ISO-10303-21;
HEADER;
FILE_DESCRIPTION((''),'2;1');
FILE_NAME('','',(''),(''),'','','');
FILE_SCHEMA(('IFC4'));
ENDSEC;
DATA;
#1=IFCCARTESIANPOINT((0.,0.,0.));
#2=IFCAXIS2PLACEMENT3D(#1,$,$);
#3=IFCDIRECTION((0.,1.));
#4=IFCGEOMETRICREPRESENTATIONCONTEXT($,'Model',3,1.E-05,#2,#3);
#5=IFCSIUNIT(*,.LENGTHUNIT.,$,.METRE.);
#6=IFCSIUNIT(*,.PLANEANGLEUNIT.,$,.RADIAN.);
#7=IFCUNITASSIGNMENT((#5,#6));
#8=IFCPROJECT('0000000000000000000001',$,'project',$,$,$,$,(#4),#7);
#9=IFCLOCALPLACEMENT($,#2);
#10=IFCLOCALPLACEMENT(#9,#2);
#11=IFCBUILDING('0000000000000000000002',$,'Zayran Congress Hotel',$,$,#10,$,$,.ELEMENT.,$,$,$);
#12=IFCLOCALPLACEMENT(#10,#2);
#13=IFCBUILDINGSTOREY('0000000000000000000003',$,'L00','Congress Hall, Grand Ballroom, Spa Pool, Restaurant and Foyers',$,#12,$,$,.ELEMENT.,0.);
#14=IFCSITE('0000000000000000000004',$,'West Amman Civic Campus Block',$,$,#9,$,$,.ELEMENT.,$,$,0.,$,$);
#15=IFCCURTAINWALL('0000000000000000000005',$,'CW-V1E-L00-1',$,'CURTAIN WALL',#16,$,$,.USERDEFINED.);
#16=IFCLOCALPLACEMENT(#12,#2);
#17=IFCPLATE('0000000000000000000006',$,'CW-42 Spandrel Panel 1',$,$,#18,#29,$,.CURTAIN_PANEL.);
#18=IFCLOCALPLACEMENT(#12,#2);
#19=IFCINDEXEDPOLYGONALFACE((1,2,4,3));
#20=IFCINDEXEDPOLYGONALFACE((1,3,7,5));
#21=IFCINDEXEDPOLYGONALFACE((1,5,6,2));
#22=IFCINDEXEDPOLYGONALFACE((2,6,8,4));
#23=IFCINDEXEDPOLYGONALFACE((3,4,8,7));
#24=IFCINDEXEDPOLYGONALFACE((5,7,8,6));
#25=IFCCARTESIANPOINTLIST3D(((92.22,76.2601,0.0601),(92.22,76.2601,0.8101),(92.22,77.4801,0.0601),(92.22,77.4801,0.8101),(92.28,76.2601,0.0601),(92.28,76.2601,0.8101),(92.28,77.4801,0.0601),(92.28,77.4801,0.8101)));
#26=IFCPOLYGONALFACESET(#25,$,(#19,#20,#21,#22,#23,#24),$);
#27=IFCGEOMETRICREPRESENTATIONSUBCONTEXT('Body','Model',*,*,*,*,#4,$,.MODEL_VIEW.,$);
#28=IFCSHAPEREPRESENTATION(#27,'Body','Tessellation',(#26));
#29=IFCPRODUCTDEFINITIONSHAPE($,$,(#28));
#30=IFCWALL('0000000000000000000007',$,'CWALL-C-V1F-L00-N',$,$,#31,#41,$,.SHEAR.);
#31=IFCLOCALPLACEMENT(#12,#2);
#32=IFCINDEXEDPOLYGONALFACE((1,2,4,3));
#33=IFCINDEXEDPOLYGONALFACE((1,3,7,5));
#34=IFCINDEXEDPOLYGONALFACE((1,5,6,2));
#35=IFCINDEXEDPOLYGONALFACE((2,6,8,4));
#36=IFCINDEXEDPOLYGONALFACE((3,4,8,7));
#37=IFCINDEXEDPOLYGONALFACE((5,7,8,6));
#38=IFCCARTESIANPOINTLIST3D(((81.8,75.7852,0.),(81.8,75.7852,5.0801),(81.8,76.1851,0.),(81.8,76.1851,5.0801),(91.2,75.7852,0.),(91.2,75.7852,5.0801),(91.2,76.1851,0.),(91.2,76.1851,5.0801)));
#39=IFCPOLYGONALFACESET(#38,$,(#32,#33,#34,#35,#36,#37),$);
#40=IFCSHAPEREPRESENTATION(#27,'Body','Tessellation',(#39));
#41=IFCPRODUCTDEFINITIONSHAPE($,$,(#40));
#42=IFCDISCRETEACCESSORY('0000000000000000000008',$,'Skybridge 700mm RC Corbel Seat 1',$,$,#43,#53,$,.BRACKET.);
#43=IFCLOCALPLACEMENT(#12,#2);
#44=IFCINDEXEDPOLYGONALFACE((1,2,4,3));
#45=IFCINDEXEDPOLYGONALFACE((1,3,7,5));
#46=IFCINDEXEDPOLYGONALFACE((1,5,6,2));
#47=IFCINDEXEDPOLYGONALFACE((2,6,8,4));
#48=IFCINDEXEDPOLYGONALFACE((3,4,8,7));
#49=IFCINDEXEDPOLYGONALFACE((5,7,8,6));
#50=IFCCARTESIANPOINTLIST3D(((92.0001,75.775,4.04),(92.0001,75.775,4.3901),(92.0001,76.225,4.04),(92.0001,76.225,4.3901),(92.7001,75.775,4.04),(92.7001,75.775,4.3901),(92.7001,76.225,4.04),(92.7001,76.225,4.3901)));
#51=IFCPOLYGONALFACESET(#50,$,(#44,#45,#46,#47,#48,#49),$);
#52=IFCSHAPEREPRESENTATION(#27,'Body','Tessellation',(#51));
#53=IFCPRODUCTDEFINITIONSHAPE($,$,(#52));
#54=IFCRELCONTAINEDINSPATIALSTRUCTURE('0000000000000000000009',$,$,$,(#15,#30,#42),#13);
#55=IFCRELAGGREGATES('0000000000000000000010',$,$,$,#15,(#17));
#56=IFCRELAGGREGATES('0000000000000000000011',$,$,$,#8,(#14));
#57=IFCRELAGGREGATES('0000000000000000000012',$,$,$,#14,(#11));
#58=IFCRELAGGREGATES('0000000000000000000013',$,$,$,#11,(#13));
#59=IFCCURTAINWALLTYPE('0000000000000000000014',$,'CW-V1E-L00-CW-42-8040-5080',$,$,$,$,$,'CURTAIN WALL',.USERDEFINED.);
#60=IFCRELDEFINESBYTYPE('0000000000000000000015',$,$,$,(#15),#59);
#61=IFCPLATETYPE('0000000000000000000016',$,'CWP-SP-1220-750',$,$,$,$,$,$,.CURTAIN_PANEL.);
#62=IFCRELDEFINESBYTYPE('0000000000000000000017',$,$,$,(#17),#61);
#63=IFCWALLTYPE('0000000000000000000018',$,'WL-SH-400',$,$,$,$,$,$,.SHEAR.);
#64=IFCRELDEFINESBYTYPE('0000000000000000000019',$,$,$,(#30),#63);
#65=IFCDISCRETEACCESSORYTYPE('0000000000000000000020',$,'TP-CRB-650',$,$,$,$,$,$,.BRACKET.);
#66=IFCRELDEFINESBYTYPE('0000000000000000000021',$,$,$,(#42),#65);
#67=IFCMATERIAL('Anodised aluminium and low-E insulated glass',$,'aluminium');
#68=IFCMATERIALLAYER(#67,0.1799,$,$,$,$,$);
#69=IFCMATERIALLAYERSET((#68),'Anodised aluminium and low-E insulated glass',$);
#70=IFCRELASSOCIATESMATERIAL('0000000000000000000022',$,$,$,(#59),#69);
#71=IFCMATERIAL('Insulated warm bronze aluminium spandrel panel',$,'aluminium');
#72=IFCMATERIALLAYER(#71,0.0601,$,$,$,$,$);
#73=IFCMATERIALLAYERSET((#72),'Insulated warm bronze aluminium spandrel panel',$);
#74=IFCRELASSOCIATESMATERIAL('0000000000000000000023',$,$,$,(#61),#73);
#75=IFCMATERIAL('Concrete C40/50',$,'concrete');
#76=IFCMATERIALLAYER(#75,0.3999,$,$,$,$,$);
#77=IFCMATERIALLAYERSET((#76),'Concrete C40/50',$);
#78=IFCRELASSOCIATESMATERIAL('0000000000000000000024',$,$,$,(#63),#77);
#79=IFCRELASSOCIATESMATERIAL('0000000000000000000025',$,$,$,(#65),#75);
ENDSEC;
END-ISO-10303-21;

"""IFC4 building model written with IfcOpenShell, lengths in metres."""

from ifc_helpers import new_model, si_unit, direction, frame, frame_2d, origin, origin_2d, place, context, subcontext, project, spatial, rectangle, extrude, material, layer, layer_set, type_object, element, aggregate, save


model = new_model("IFC4")

# Units and contexts
model_context = context("Model", 3, precision=1e-05, world=origin(), true_north=direction((0.0, 1.0)))
body_context = subcontext(model_context, "Body", "Model", "MODEL_VIEW")
ifc_project = project(units=[si_unit("LENGTHUNIT", "METRE"), si_unit("PLANEANGLEUNIT", "RADIAN")], contexts=[model_context])

# Site, building, storey
site_placement = place(None, origin())
site = spatial("IfcSite", under=ifc_project, at=site_placement, Name="West Amman Civic Campus Block", CompositionType="ELEMENT", RefElevation=0.0)
building_placement = place(site_placement, origin())
building = spatial("IfcBuilding", under=site, at=building_placement, Name="Zayran Congress Hotel", CompositionType="ELEMENT")
storey_placement = place(building_placement, origin())
storey = spatial("IfcBuildingStorey", under=building, at=storey_placement, Name="L00", Description="Congress Hall, Grand Ballroom, Spa Pool, Restaurant and Foyers", CompositionType="ELEMENT", Elevation=0.0)

# Shared definitions
ifc_material_1 = material(Name="Concrete C40/50", Category="concrete")

# Shared definitions
ifc_material_2 = material(Name="Anodised aluminium and low-E insulated glass", Category="aluminium")

# Curtain wall
ifc_layer_1 = layer(ifc_material_2, 0.1799)
ifc_layer_set_1 = layer_set([ifc_layer_1], Name="Anodised aluminium and low-E insulated glass")
curtain_wall_type_1 = type_object("IfcCurtainWallType", Name="CW-V1E-L00-CW-42-8040-5080", ElementType="CURTAIN WALL", PredefinedType="USERDEFINED", material=ifc_layer_set_1)
curtain_wall_1_placement = place(storey_placement, origin())
curtain_wall_1 = element("IfcCurtainWall", 1, at=curtain_wall_1_placement, inside=storey, type_object=curtain_wall_type_1, Name="CW-V1E-L00-1", ObjectType="CURTAIN WALL", PredefinedType="USERDEFINED")

# Plate
ifc_material_3 = material(Name="Insulated warm bronze aluminium spandrel panel", Category="aluminium")
ifc_layer_2 = layer(ifc_material_3, 0.0601)
ifc_layer_set_2 = layer_set([ifc_layer_2], Name="Insulated warm bronze aluminium spandrel panel")
plate_type_1 = type_object("IfcPlateType", Name="CWP-SP-1220-750", PredefinedType="CURTAIN_PANEL", material=ifc_layer_set_2)
plate_1_placement = place(storey_placement, frame((92.25, 76.8701, 0.0601), z_axis=(0.0, 0.0, 1.0), x_axis=(0.0, 1.0, 0.0)))
plate_1 = element("IfcPlate", 2, at=plate_1_placement, type_object=plate_type_1, Name="CW-42 Spandrel Panel 1", PredefinedType="CURTAIN_PANEL", context=body_context, shape_type="SweptSolid", body=[
    extrude(rectangle(XDim=1.22, YDim=0.0601, at=origin_2d()), origin(), (0.0, 0.0, 1.0), 0.75),
])
aggregate(curtain_wall_1, [plate_1])

# Wall
ifc_layer_3 = layer(ifc_material_1, 0.3999)
ifc_layer_set_3 = layer_set([ifc_layer_3], Name="Concrete C40/50")
wall_type = type_object("IfcWallType", Name="WL-SH-400", PredefinedType="SHEAR", material=ifc_layer_set_3)
wall_placement = place(storey_placement, frame((91.2, 75.9851, 0.0), z_axis=(0.0, 0.0, 1.0), x_axis=(-1.0, 0.0, 0.0)))
element("IfcWall", 3, at=wall_placement, inside=storey, type_object=wall_type, Name="CWALL-C-V1F-L00-N", PredefinedType="SHEAR", context=body_context, shape_type="SweptSolid", body=[
    extrude(rectangle(XDim=9.3999, YDim=0.3999, at=frame_2d((4.7, 0.0))), origin(), (0.0, 0.0, 1.0), 5.0801),
])

# Discrete accessory
discrete_accessory_type = type_object("IfcDiscreteAccessoryType", Name="TP-CRB-650", PredefinedType="BRACKET", material=ifc_material_1)
discrete_accessory_placement = place(storey_placement, frame((92.3501, 76.0, 4.04), z_axis=(0.0, 0.0, 1.0), x_axis=(1.0, 0.0, 0.0)))
element("IfcDiscreteAccessory", 4, at=discrete_accessory_placement, inside=storey, type_object=discrete_accessory_type, Name="Skybridge 700mm RC Corbel Seat 1", PredefinedType="BRACKET", context=body_context, shape_type="SweptSolid", body=[
    extrude(rectangle(XDim=0.7, YDim=0.45, at=origin_2d()), origin(), (0.0, 0.0, 1.0), 0.3501),
])

save(model, "model.ifc")
